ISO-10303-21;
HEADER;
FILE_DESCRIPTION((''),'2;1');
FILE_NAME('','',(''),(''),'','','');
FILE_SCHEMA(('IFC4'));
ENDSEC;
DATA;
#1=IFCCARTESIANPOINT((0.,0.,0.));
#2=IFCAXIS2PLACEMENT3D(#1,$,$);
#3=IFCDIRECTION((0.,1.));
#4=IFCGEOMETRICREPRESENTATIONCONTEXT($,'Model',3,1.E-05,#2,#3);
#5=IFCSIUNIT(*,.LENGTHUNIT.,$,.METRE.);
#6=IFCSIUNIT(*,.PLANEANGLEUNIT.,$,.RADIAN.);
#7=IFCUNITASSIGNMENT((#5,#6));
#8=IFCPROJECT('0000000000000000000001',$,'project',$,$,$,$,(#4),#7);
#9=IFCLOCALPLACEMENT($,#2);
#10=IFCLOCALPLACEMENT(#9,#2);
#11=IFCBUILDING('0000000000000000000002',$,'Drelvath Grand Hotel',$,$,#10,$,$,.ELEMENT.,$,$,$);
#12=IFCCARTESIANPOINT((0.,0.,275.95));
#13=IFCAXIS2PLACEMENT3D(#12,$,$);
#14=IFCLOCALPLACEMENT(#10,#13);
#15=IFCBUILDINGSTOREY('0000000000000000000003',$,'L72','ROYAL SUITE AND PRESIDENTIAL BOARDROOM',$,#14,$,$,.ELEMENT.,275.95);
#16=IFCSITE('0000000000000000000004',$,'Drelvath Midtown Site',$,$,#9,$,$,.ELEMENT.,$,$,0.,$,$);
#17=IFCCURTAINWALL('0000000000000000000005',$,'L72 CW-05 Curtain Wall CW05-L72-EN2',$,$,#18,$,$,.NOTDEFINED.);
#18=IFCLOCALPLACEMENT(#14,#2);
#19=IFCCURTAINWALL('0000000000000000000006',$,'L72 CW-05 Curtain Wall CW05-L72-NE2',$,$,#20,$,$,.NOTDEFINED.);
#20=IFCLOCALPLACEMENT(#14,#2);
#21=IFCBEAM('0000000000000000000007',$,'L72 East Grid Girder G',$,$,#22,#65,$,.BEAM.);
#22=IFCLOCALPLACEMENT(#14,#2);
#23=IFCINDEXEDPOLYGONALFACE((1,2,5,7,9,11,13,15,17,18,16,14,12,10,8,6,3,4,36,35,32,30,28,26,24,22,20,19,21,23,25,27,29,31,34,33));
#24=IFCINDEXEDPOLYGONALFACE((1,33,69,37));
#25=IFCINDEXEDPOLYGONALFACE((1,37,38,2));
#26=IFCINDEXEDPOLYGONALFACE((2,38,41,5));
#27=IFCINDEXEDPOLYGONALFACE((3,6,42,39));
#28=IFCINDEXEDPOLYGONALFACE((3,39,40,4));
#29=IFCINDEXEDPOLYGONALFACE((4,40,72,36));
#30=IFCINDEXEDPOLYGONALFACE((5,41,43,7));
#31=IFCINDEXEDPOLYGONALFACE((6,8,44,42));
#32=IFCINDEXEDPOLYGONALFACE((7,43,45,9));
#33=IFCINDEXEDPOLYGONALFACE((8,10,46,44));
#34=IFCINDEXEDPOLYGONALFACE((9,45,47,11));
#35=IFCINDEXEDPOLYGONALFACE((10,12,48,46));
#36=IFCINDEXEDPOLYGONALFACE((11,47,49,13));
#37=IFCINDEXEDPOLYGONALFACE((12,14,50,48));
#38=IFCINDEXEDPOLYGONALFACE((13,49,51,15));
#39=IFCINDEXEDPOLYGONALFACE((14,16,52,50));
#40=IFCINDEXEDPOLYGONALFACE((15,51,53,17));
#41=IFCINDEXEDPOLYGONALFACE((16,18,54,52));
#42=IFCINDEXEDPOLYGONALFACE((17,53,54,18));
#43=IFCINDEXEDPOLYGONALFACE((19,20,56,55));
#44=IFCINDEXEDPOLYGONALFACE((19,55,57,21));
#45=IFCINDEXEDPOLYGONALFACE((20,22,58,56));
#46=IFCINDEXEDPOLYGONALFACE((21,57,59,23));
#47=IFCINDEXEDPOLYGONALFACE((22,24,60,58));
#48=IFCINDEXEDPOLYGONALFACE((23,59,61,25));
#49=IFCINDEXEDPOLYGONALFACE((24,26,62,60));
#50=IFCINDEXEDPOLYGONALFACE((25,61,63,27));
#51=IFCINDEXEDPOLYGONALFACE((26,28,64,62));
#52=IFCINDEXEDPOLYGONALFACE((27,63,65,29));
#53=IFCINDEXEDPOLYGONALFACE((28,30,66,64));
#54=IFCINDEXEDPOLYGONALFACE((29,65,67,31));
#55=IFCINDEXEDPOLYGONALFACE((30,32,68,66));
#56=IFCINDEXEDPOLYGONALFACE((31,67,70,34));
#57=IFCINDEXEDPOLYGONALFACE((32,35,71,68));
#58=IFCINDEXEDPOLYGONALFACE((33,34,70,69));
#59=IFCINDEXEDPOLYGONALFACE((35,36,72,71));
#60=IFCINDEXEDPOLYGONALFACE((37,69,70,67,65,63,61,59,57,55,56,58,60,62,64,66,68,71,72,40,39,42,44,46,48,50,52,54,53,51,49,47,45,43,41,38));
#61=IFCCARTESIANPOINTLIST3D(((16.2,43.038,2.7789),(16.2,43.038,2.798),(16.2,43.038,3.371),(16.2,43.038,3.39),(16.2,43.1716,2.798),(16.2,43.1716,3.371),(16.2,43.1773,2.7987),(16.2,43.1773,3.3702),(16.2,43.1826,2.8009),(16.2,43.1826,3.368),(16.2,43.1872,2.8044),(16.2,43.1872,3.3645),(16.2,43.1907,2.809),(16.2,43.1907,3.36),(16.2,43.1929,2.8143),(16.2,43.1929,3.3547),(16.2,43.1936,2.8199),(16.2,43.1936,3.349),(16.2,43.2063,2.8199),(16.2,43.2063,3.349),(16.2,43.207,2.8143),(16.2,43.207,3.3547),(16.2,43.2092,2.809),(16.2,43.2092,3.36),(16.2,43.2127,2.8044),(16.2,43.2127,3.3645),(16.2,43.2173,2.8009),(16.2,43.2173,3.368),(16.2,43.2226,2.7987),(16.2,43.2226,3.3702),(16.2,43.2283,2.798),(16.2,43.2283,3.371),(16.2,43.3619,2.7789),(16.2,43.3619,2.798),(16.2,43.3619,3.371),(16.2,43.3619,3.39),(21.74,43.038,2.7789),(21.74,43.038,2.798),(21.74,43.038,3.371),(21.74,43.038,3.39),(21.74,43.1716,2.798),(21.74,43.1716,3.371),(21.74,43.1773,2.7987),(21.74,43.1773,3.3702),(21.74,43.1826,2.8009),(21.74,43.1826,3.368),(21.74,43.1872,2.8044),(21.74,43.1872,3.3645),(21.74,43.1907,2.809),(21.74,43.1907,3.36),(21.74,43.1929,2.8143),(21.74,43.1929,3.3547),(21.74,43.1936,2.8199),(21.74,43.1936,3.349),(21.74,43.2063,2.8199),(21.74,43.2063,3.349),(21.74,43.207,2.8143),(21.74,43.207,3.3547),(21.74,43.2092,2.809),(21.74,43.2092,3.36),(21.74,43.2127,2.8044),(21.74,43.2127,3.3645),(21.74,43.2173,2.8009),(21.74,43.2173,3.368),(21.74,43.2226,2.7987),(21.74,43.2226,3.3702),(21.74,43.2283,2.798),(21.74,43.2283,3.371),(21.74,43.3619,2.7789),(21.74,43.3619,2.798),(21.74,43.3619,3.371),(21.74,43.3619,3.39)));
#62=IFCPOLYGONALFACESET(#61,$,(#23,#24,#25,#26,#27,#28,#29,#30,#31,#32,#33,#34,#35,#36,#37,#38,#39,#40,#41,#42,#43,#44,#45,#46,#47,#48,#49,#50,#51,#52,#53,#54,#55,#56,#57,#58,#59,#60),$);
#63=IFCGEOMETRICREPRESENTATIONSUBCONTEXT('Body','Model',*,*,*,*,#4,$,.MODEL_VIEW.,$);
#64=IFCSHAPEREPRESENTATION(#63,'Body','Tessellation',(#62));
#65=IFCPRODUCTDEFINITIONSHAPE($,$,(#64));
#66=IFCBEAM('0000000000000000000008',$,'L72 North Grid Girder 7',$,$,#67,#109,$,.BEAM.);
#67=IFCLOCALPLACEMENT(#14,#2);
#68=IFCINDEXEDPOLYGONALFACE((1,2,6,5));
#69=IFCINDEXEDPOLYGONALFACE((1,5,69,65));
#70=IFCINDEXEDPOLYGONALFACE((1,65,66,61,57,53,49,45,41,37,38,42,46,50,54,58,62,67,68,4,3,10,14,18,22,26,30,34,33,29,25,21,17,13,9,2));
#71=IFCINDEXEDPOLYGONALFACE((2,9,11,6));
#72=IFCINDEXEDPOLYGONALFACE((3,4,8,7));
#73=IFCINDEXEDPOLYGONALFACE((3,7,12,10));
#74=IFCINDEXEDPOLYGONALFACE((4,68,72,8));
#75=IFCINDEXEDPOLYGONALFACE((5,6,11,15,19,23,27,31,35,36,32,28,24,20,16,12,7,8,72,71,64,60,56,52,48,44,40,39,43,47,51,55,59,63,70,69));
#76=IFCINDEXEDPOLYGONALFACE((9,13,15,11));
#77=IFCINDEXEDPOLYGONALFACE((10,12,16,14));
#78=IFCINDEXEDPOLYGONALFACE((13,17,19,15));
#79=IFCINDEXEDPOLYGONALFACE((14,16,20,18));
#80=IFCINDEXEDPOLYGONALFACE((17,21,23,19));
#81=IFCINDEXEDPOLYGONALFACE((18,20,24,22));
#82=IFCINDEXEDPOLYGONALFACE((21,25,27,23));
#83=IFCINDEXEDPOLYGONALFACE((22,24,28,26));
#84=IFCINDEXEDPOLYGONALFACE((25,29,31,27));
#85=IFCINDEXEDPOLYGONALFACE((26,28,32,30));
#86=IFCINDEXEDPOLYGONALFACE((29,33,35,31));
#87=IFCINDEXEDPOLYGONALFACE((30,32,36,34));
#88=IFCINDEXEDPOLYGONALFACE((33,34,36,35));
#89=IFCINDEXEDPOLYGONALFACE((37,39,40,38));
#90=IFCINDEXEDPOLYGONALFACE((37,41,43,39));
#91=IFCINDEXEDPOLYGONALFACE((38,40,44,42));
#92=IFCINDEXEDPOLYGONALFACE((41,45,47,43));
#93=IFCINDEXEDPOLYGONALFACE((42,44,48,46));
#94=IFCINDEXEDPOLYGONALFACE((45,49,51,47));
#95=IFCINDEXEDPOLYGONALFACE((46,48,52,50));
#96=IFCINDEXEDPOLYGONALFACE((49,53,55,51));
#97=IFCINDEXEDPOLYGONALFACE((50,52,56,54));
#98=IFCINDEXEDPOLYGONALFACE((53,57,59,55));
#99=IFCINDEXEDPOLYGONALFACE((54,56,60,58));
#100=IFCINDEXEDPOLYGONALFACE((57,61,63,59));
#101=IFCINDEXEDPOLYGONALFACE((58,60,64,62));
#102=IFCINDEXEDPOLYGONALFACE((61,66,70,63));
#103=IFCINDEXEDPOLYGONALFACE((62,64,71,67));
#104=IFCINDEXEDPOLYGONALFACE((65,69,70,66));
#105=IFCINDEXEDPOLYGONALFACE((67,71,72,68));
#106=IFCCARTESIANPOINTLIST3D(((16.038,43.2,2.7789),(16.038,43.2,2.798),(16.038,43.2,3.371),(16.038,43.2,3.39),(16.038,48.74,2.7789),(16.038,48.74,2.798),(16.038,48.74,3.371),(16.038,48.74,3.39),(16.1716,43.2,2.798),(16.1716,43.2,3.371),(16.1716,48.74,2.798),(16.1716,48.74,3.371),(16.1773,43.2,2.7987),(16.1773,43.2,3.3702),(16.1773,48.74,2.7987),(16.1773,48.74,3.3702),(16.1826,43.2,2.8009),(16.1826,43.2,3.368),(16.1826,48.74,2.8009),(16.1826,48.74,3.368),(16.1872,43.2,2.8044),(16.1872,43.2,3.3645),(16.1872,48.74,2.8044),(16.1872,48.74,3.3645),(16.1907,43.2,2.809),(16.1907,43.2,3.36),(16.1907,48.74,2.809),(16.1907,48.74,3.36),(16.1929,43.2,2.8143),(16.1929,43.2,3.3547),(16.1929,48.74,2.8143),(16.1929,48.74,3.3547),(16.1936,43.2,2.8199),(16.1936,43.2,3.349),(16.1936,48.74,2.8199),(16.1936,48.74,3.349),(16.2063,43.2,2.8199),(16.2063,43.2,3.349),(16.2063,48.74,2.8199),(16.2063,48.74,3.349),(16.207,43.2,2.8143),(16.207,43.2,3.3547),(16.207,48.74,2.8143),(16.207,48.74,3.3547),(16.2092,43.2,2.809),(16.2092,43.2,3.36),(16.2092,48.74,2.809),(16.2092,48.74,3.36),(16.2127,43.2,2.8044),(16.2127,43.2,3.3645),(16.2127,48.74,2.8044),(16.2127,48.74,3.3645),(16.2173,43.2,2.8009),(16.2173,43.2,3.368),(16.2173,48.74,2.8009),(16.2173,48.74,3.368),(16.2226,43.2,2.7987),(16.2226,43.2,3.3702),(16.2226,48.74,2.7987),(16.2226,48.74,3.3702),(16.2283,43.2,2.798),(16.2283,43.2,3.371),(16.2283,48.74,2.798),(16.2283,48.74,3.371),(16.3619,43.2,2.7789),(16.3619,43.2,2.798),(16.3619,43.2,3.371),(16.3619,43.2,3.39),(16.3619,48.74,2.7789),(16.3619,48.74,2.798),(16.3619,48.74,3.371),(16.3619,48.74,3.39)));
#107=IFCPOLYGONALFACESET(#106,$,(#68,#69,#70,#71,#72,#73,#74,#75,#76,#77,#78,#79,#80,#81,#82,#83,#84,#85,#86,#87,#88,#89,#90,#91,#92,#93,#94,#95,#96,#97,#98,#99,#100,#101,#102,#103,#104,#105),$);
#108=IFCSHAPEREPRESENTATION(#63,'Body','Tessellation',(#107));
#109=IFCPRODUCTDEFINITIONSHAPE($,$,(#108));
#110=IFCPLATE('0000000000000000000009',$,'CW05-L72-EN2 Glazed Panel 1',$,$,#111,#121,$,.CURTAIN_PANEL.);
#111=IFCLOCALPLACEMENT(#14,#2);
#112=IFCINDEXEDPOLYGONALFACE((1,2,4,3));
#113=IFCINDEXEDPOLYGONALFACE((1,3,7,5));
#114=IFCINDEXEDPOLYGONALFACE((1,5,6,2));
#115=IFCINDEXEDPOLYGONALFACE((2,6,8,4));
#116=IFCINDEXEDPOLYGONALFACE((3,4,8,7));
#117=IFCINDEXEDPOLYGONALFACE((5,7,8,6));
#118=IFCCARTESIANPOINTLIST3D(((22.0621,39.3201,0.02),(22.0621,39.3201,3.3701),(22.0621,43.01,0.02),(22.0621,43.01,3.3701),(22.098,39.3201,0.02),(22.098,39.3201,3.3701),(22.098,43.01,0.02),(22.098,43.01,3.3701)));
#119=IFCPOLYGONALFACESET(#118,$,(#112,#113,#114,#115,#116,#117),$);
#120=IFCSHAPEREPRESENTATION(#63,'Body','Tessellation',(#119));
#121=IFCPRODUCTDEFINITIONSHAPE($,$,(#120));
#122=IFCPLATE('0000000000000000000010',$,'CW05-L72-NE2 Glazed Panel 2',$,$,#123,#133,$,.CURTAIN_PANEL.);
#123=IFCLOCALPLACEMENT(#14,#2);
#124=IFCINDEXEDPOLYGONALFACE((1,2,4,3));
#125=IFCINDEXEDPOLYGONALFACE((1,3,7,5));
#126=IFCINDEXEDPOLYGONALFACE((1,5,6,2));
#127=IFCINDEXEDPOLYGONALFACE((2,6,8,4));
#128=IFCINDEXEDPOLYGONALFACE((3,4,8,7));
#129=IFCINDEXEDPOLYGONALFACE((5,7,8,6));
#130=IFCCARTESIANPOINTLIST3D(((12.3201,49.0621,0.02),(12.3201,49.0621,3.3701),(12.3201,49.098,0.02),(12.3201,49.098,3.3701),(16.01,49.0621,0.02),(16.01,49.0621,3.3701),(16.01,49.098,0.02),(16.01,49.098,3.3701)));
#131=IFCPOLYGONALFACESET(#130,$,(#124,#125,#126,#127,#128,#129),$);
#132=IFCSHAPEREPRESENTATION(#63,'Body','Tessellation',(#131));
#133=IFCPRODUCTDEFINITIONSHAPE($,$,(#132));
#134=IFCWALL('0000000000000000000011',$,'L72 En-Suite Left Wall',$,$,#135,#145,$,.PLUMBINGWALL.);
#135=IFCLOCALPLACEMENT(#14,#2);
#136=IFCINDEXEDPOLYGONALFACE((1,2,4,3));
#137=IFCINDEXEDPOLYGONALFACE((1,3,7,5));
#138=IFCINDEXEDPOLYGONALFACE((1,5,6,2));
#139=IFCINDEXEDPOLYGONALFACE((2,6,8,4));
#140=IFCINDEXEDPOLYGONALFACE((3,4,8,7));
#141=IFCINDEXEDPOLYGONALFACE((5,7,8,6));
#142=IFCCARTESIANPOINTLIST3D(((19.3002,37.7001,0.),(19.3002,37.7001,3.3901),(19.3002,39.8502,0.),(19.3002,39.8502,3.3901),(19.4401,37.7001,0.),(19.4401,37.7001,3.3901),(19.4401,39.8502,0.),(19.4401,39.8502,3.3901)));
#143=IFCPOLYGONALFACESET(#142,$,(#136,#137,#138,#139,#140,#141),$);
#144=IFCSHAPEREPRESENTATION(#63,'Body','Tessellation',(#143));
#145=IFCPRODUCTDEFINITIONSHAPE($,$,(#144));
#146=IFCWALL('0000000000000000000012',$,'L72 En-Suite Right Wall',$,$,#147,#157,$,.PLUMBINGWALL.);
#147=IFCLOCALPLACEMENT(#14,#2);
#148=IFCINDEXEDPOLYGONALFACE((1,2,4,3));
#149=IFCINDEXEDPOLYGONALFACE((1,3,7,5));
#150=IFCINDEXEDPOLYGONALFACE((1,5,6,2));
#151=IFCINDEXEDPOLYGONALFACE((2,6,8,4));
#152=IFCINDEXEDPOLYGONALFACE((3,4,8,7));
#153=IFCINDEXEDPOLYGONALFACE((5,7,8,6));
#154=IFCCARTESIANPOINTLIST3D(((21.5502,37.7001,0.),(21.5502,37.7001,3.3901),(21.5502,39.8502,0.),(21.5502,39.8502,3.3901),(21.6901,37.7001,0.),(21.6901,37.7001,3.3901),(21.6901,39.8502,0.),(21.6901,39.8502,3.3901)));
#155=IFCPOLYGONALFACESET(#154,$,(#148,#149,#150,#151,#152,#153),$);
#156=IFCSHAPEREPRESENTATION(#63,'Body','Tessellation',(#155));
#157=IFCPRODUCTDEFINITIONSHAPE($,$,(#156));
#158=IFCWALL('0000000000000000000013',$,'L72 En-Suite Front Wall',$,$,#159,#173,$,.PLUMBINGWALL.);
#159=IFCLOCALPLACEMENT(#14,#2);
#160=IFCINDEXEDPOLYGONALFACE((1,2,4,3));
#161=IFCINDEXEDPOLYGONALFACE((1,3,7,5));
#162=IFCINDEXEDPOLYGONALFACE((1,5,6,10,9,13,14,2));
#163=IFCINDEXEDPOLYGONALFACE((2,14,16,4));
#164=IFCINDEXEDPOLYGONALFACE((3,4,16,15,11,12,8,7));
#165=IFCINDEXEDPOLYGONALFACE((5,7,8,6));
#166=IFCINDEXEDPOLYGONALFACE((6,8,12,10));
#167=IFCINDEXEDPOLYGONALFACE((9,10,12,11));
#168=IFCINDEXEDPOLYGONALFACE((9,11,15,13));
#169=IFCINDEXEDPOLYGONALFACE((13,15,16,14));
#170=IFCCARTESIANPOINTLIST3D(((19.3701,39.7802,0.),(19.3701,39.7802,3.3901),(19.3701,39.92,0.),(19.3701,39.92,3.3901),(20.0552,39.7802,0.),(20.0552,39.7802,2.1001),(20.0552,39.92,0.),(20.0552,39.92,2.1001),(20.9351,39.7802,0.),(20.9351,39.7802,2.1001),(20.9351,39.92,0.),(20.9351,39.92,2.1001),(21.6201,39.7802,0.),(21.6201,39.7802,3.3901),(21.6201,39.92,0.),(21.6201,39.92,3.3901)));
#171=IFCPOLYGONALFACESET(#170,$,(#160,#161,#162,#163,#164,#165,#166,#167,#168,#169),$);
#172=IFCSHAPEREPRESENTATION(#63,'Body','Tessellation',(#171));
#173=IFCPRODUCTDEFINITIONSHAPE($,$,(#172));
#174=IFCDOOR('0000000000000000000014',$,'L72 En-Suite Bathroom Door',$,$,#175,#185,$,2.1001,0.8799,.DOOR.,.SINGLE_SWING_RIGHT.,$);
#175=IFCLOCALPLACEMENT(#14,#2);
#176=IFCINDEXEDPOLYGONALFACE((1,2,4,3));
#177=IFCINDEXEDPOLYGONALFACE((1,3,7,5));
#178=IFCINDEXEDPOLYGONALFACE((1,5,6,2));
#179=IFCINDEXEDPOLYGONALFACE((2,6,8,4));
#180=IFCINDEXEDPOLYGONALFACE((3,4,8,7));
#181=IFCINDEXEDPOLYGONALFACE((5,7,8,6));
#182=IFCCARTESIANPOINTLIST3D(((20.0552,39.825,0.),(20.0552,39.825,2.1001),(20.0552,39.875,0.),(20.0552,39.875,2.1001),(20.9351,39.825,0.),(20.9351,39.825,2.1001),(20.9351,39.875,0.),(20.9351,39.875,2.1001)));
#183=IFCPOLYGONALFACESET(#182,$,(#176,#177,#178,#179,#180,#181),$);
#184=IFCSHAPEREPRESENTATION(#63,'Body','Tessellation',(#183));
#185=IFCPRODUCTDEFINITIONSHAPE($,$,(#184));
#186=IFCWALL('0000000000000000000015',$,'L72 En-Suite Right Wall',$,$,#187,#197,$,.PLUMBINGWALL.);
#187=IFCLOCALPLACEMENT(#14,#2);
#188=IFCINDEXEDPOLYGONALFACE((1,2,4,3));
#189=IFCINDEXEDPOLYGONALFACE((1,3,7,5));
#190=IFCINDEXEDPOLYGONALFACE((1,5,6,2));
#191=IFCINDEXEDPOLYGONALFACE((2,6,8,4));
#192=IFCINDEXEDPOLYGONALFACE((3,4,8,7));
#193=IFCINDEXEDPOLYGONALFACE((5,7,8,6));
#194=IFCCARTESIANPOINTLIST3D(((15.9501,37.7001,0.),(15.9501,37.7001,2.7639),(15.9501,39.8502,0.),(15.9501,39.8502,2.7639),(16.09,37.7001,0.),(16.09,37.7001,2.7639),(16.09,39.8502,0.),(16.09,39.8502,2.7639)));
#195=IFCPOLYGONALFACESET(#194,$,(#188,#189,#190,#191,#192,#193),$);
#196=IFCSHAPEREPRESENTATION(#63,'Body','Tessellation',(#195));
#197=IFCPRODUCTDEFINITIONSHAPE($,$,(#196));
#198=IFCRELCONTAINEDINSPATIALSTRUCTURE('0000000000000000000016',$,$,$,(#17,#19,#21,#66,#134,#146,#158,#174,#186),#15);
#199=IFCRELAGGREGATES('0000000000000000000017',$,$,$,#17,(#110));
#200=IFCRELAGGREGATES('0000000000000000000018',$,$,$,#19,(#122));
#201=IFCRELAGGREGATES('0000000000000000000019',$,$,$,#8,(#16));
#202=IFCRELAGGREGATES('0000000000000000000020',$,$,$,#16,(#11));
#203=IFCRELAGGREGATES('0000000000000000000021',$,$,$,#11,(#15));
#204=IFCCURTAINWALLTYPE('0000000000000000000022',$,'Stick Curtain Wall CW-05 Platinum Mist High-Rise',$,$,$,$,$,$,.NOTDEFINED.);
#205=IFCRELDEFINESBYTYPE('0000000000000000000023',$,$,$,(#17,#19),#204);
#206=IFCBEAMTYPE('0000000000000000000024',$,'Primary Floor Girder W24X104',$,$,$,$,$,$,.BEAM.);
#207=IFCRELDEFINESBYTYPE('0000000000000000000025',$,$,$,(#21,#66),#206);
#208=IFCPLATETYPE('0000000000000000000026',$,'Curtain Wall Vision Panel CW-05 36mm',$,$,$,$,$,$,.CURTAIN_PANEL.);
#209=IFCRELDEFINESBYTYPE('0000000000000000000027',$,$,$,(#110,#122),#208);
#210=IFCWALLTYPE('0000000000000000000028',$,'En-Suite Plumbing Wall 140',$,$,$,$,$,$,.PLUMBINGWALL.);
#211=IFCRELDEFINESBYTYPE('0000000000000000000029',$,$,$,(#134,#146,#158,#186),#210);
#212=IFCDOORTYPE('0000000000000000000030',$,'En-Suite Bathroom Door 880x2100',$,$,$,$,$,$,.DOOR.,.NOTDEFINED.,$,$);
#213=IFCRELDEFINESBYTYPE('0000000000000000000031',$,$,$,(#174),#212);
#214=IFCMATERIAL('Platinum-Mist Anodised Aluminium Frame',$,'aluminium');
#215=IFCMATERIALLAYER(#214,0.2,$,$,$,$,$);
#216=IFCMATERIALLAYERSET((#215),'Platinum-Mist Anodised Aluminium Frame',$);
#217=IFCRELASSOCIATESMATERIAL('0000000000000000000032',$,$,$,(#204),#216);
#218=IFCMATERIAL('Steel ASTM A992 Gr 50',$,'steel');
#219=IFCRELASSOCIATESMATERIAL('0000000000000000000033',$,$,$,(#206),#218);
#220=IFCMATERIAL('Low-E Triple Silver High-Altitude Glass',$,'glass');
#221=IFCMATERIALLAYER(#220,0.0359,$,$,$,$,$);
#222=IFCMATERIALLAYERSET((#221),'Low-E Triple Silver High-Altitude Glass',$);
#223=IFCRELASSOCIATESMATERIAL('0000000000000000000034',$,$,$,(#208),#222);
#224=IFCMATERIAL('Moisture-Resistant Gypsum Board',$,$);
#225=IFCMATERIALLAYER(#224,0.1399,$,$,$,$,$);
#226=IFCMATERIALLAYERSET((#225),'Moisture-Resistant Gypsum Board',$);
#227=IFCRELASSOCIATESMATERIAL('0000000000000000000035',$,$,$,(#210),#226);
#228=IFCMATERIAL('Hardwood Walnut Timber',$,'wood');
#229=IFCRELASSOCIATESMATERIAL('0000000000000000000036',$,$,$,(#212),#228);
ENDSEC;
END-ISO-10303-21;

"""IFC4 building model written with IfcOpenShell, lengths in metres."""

from ifc_helpers import new_model, si_unit, direction, frame, frame_2d, origin, origin_2d, place, context, subcontext, project, spatial, rectangle, i_section, extrude, material, layer, layer_set, material_profile, profile_set, type_object, element, fill, aggregate, save


model = new_model("IFC4")

# Units and contexts
model_context = context("Model", 3, precision=1e-05, world=origin(), true_north=direction((0.0, 1.0)))
body_context = subcontext(model_context, "Body", "Model", "MODEL_VIEW")
ifc_project = project(units=[si_unit("LENGTHUNIT", "METRE"), si_unit("PLANEANGLEUNIT", "RADIAN")], contexts=[model_context])

# Site, building, storey
site_placement = place(None, origin())
site = spatial("IfcSite", under=ifc_project, at=site_placement, Name="Drelvath Midtown Site", CompositionType="ELEMENT", RefElevation=0.0)
building_placement = place(site_placement, origin())
building = spatial("IfcBuilding", under=site, at=building_placement, Name="Drelvath Grand Hotel", CompositionType="ELEMENT")
storey_placement = place(building_placement, frame((0.0, 0.0, 275.95)))
storey = spatial("IfcBuildingStorey", under=building, at=storey_placement, Name="L72", Description="ROYAL SUITE AND PRESIDENTIAL BOARDROOM", CompositionType="ELEMENT", Elevation=275.95)

# Curtain wall
ifc_material_1 = material(Name="Platinum-Mist Anodised Aluminium Frame", Category="aluminium")
ifc_layer_1 = layer(ifc_material_1, 0.2)
ifc_layer_set_1 = layer_set([ifc_layer_1], Name="Platinum-Mist Anodised Aluminium Frame")
curtain_wall_type = type_object("IfcCurtainWallType", Name="Stick Curtain Wall CW-05 Platinum Mist High-Rise", PredefinedType="NOTDEFINED", material=ifc_layer_set_1)
curtain_wall_1_placement = place(storey_placement, origin())
curtain_wall_1 = element("IfcCurtainWall", 1, at=curtain_wall_1_placement, inside=storey, type_object=curtain_wall_type, Name="L72 CW-05 Curtain Wall CW05-L72-EN2", PredefinedType="NOTDEFINED")

# Curtain wall
curtain_wall_2_placement = place(storey_placement, origin())
curtain_wall_2 = element("IfcCurtainWall", 2, at=curtain_wall_2_placement, inside=storey, type_object=curtain_wall_type, Name="L72 CW-05 Curtain Wall CW05-L72-NE2", PredefinedType="NOTDEFINED")

# Beams
ifc_material_2 = material(Name="Steel ASTM A992 Gr 50", Category="steel")
ifc_material_profile_1 = material_profile(ifc_material_2, i_section(OverallWidth=0.324, OverallDepth=0.6111, WebThickness=0.0127, FlangeThickness=0.019, FilletRadius=0.022, at=origin_2d()), Name="W24X104")
ifc_profile_set_1 = profile_set([ifc_material_profile_1], Name="Steel ASTM A992 Gr 50")
beam_type = type_object("IfcBeamType", Name="Primary Floor Girder W24X104", PredefinedType="BEAM", material=ifc_profile_set_1)
for number, where, z_axis, x_axis, name in (
    (3, (16.2, 43.2, 3.0845), (1.0, 0.0, 0.0), (0.0, 1.0, 0.0), "L72 East Grid Girder G"),
    (4, (16.2, 43.2, 3.0845), (0.0, 1.0, 0.0), (-1.0, 0.0, 0.0), "L72 North Grid Girder 7"),
):
    element("IfcBeam", number, at=place(storey_placement, frame(where, z_axis=z_axis, x_axis=x_axis)), inside=storey, type_object=beam_type, Name=name, PredefinedType="BEAM", context=body_context, shape_type="SweptSolid", body=[
        extrude(i_section(OverallWidth=0.324, OverallDepth=0.6111, WebThickness=0.0127, FlangeThickness=0.019, FilletRadius=0.022, at=origin_2d()), origin(), (0.0, 0.0, 1.0), 5.54),
    ])

# Plates
ifc_material_3 = material(Name="Low-E Triple Silver High-Altitude Glass", Category="glass")
ifc_layer_2 = layer(ifc_material_3, 0.0359)
ifc_layer_set_2 = layer_set([ifc_layer_2], Name="Low-E Triple Silver High-Altitude Glass")
plate_type = type_object("IfcPlateType", Name="Curtain Wall Vision Panel CW-05 36mm", PredefinedType="CURTAIN_PANEL", material=ifc_layer_set_2)
plate_1_placement = place(storey_placement, frame((22.0801, 41.165, 0.02), z_axis=(0.0, 0.0, 1.0), x_axis=(0.0, -1.0, 0.0)))
plate_1 = element("IfcPlate", 5, at=plate_1_placement, type_object=plate_type, Name="CW05-L72-EN2 Glazed Panel 1", PredefinedType="CURTAIN_PANEL", context=body_context, shape_type="SweptSolid", body=[
    extrude(rectangle(XDim=3.6899, YDim=0.0359, at=origin_2d()), origin(), (0.0, 0.0, 1.0), 3.3501),
])
aggregate(curtain_wall_1, [plate_1])
plate_2_placement = place(storey_placement, frame((14.165, 49.0801, 0.02), z_axis=(0.0, 0.0, 1.0), x_axis=(1.0, 0.0, 0.0)))
plate_2 = element("IfcPlate", 6, at=plate_2_placement, type_object=plate_type, Name="CW05-L72-NE2 Glazed Panel 2", PredefinedType="CURTAIN_PANEL", context=body_context, shape_type="SweptSolid", body=[
    extrude(rectangle(XDim=3.6899, YDim=0.0359, at=origin_2d()), origin(), (0.0, 0.0, 1.0), 3.3501),
])
aggregate(curtain_wall_2, [plate_2])

# Walls
ifc_material_4 = material(Name="Moisture-Resistant Gypsum Board")
ifc_layer_3 = layer(ifc_material_4, 0.1399)
ifc_layer_set_3 = layer_set([ifc_layer_3], Name="Moisture-Resistant Gypsum Board")
wall_type_1 = type_object("IfcWallType", Name="En-Suite Plumbing Wall 140", PredefinedType="PLUMBINGWALL", material=ifc_layer_set_3)
for number, where, z_axis, x_axis, name in (
    (7, (19.3701, 37.7, 0.0), (0.0, 0.0, 1.0), (0.0, 1.0, 0.0), "L72 En-Suite Left Wall"),
    (8, (21.6201, 37.7, 0.0), (0.0, 0.0, 1.0), (0.0, 1.0, 0.0), "L72 En-Suite Right Wall"),
):
    element("IfcWall", number, at=place(storey_placement, frame(where, z_axis=z_axis, x_axis=x_axis)), inside=storey, type_object=wall_type_1, Name=name, PredefinedType="PLUMBINGWALL", context=body_context, shape_type="SweptSolid", body=[
        extrude(rectangle(XDim=2.1501, YDim=0.1399, at=frame_2d((1.0752, 0.0))), origin(), (0.0, 0.0, 1.0), 3.3901),
    ])

# Wall, opening, door
wall_1_placement = place(storey_placement, frame((19.3701, 39.8501, 0.0), z_axis=(0.0, 0.0, 1.0), x_axis=(1.0, 0.0, 0.0)))
wall_1 = element("IfcWall", 9, at=wall_1_placement, inside=storey, type_object=wall_type_1, Name="L72 En-Suite Front Wall", PredefinedType="PLUMBINGWALL", context=body_context, shape_type="SweptSolid", body=[
    extrude(rectangle(XDim=2.25, YDim=0.1399, at=frame_2d((1.125, 0.0))), origin(), (0.0, 0.0, 1.0), 3.3901),
])
opening_1_placement = place(wall_1_placement, frame((0.6851, 0.0, 0.0)))
opening_1 = element("IfcOpeningElement", 10, at=opening_1_placement, cuts=wall_1, PredefinedType="OPENING", context=body_context, shape_type="SweptSolid", body=[
    extrude(rectangle(XDim=0.8799, YDim=2.1001, at=frame_2d((0.4399, 1.05))), frame((0.0, 0.0798, 0.0), z_axis=(0.0, -1.0, 0.0), x_axis=(1.0, 0.0, 0.0)), (0.0, 0.0, 1.0), 0.1599),
])
ifc_material_5 = material(Name="Hardwood Walnut Timber", Category="wood")
door_type = type_object("IfcDoorType", Name="En-Suite Bathroom Door 880x2100", OperationType="NOTDEFINED", PredefinedType="DOOR", material=ifc_material_5)
door_1_placement = place(opening_1_placement, origin())
door_1 = element("IfcDoor", 11, at=door_1_placement, inside=storey, type_object=door_type, Name="L72 En-Suite Bathroom Door", OperationType="SINGLE_SWING_RIGHT", OverallHeight=2.1001, OverallWidth=0.8799, PredefinedType="DOOR", context=body_context, shape_type="SweptSolid", body=[
    extrude(rectangle(XDim=0.8799, YDim=2.1001, at=frame_2d((0.4399, 1.05))), frame((0.0, 0.0249, 0.0), z_axis=(0.0, -1.0, 0.0), x_axis=(1.0, 0.0, 0.0)), (0.0, 0.0, 1.0), 0.05),
])
fill(opening_1, door_1)

# Wall
wall_2_placement = place(storey_placement, frame((16.02, 37.7, 0.0), z_axis=(0.0, 0.0, 1.0), x_axis=(0.0, 1.0, 0.0)))
element("IfcWall", 12, at=wall_2_placement, inside=storey, type_object=wall_type_1, Name="L72 En-Suite Right Wall", PredefinedType="PLUMBINGWALL", context=body_context, shape_type="SweptSolid", body=[
    extrude(rectangle(XDim=2.1501, YDim=0.1399, at=frame_2d((1.0752, 0.0))), origin(), (0.0, 0.0, 1.0), 2.7639),
])

save(model, "model.ifc")
